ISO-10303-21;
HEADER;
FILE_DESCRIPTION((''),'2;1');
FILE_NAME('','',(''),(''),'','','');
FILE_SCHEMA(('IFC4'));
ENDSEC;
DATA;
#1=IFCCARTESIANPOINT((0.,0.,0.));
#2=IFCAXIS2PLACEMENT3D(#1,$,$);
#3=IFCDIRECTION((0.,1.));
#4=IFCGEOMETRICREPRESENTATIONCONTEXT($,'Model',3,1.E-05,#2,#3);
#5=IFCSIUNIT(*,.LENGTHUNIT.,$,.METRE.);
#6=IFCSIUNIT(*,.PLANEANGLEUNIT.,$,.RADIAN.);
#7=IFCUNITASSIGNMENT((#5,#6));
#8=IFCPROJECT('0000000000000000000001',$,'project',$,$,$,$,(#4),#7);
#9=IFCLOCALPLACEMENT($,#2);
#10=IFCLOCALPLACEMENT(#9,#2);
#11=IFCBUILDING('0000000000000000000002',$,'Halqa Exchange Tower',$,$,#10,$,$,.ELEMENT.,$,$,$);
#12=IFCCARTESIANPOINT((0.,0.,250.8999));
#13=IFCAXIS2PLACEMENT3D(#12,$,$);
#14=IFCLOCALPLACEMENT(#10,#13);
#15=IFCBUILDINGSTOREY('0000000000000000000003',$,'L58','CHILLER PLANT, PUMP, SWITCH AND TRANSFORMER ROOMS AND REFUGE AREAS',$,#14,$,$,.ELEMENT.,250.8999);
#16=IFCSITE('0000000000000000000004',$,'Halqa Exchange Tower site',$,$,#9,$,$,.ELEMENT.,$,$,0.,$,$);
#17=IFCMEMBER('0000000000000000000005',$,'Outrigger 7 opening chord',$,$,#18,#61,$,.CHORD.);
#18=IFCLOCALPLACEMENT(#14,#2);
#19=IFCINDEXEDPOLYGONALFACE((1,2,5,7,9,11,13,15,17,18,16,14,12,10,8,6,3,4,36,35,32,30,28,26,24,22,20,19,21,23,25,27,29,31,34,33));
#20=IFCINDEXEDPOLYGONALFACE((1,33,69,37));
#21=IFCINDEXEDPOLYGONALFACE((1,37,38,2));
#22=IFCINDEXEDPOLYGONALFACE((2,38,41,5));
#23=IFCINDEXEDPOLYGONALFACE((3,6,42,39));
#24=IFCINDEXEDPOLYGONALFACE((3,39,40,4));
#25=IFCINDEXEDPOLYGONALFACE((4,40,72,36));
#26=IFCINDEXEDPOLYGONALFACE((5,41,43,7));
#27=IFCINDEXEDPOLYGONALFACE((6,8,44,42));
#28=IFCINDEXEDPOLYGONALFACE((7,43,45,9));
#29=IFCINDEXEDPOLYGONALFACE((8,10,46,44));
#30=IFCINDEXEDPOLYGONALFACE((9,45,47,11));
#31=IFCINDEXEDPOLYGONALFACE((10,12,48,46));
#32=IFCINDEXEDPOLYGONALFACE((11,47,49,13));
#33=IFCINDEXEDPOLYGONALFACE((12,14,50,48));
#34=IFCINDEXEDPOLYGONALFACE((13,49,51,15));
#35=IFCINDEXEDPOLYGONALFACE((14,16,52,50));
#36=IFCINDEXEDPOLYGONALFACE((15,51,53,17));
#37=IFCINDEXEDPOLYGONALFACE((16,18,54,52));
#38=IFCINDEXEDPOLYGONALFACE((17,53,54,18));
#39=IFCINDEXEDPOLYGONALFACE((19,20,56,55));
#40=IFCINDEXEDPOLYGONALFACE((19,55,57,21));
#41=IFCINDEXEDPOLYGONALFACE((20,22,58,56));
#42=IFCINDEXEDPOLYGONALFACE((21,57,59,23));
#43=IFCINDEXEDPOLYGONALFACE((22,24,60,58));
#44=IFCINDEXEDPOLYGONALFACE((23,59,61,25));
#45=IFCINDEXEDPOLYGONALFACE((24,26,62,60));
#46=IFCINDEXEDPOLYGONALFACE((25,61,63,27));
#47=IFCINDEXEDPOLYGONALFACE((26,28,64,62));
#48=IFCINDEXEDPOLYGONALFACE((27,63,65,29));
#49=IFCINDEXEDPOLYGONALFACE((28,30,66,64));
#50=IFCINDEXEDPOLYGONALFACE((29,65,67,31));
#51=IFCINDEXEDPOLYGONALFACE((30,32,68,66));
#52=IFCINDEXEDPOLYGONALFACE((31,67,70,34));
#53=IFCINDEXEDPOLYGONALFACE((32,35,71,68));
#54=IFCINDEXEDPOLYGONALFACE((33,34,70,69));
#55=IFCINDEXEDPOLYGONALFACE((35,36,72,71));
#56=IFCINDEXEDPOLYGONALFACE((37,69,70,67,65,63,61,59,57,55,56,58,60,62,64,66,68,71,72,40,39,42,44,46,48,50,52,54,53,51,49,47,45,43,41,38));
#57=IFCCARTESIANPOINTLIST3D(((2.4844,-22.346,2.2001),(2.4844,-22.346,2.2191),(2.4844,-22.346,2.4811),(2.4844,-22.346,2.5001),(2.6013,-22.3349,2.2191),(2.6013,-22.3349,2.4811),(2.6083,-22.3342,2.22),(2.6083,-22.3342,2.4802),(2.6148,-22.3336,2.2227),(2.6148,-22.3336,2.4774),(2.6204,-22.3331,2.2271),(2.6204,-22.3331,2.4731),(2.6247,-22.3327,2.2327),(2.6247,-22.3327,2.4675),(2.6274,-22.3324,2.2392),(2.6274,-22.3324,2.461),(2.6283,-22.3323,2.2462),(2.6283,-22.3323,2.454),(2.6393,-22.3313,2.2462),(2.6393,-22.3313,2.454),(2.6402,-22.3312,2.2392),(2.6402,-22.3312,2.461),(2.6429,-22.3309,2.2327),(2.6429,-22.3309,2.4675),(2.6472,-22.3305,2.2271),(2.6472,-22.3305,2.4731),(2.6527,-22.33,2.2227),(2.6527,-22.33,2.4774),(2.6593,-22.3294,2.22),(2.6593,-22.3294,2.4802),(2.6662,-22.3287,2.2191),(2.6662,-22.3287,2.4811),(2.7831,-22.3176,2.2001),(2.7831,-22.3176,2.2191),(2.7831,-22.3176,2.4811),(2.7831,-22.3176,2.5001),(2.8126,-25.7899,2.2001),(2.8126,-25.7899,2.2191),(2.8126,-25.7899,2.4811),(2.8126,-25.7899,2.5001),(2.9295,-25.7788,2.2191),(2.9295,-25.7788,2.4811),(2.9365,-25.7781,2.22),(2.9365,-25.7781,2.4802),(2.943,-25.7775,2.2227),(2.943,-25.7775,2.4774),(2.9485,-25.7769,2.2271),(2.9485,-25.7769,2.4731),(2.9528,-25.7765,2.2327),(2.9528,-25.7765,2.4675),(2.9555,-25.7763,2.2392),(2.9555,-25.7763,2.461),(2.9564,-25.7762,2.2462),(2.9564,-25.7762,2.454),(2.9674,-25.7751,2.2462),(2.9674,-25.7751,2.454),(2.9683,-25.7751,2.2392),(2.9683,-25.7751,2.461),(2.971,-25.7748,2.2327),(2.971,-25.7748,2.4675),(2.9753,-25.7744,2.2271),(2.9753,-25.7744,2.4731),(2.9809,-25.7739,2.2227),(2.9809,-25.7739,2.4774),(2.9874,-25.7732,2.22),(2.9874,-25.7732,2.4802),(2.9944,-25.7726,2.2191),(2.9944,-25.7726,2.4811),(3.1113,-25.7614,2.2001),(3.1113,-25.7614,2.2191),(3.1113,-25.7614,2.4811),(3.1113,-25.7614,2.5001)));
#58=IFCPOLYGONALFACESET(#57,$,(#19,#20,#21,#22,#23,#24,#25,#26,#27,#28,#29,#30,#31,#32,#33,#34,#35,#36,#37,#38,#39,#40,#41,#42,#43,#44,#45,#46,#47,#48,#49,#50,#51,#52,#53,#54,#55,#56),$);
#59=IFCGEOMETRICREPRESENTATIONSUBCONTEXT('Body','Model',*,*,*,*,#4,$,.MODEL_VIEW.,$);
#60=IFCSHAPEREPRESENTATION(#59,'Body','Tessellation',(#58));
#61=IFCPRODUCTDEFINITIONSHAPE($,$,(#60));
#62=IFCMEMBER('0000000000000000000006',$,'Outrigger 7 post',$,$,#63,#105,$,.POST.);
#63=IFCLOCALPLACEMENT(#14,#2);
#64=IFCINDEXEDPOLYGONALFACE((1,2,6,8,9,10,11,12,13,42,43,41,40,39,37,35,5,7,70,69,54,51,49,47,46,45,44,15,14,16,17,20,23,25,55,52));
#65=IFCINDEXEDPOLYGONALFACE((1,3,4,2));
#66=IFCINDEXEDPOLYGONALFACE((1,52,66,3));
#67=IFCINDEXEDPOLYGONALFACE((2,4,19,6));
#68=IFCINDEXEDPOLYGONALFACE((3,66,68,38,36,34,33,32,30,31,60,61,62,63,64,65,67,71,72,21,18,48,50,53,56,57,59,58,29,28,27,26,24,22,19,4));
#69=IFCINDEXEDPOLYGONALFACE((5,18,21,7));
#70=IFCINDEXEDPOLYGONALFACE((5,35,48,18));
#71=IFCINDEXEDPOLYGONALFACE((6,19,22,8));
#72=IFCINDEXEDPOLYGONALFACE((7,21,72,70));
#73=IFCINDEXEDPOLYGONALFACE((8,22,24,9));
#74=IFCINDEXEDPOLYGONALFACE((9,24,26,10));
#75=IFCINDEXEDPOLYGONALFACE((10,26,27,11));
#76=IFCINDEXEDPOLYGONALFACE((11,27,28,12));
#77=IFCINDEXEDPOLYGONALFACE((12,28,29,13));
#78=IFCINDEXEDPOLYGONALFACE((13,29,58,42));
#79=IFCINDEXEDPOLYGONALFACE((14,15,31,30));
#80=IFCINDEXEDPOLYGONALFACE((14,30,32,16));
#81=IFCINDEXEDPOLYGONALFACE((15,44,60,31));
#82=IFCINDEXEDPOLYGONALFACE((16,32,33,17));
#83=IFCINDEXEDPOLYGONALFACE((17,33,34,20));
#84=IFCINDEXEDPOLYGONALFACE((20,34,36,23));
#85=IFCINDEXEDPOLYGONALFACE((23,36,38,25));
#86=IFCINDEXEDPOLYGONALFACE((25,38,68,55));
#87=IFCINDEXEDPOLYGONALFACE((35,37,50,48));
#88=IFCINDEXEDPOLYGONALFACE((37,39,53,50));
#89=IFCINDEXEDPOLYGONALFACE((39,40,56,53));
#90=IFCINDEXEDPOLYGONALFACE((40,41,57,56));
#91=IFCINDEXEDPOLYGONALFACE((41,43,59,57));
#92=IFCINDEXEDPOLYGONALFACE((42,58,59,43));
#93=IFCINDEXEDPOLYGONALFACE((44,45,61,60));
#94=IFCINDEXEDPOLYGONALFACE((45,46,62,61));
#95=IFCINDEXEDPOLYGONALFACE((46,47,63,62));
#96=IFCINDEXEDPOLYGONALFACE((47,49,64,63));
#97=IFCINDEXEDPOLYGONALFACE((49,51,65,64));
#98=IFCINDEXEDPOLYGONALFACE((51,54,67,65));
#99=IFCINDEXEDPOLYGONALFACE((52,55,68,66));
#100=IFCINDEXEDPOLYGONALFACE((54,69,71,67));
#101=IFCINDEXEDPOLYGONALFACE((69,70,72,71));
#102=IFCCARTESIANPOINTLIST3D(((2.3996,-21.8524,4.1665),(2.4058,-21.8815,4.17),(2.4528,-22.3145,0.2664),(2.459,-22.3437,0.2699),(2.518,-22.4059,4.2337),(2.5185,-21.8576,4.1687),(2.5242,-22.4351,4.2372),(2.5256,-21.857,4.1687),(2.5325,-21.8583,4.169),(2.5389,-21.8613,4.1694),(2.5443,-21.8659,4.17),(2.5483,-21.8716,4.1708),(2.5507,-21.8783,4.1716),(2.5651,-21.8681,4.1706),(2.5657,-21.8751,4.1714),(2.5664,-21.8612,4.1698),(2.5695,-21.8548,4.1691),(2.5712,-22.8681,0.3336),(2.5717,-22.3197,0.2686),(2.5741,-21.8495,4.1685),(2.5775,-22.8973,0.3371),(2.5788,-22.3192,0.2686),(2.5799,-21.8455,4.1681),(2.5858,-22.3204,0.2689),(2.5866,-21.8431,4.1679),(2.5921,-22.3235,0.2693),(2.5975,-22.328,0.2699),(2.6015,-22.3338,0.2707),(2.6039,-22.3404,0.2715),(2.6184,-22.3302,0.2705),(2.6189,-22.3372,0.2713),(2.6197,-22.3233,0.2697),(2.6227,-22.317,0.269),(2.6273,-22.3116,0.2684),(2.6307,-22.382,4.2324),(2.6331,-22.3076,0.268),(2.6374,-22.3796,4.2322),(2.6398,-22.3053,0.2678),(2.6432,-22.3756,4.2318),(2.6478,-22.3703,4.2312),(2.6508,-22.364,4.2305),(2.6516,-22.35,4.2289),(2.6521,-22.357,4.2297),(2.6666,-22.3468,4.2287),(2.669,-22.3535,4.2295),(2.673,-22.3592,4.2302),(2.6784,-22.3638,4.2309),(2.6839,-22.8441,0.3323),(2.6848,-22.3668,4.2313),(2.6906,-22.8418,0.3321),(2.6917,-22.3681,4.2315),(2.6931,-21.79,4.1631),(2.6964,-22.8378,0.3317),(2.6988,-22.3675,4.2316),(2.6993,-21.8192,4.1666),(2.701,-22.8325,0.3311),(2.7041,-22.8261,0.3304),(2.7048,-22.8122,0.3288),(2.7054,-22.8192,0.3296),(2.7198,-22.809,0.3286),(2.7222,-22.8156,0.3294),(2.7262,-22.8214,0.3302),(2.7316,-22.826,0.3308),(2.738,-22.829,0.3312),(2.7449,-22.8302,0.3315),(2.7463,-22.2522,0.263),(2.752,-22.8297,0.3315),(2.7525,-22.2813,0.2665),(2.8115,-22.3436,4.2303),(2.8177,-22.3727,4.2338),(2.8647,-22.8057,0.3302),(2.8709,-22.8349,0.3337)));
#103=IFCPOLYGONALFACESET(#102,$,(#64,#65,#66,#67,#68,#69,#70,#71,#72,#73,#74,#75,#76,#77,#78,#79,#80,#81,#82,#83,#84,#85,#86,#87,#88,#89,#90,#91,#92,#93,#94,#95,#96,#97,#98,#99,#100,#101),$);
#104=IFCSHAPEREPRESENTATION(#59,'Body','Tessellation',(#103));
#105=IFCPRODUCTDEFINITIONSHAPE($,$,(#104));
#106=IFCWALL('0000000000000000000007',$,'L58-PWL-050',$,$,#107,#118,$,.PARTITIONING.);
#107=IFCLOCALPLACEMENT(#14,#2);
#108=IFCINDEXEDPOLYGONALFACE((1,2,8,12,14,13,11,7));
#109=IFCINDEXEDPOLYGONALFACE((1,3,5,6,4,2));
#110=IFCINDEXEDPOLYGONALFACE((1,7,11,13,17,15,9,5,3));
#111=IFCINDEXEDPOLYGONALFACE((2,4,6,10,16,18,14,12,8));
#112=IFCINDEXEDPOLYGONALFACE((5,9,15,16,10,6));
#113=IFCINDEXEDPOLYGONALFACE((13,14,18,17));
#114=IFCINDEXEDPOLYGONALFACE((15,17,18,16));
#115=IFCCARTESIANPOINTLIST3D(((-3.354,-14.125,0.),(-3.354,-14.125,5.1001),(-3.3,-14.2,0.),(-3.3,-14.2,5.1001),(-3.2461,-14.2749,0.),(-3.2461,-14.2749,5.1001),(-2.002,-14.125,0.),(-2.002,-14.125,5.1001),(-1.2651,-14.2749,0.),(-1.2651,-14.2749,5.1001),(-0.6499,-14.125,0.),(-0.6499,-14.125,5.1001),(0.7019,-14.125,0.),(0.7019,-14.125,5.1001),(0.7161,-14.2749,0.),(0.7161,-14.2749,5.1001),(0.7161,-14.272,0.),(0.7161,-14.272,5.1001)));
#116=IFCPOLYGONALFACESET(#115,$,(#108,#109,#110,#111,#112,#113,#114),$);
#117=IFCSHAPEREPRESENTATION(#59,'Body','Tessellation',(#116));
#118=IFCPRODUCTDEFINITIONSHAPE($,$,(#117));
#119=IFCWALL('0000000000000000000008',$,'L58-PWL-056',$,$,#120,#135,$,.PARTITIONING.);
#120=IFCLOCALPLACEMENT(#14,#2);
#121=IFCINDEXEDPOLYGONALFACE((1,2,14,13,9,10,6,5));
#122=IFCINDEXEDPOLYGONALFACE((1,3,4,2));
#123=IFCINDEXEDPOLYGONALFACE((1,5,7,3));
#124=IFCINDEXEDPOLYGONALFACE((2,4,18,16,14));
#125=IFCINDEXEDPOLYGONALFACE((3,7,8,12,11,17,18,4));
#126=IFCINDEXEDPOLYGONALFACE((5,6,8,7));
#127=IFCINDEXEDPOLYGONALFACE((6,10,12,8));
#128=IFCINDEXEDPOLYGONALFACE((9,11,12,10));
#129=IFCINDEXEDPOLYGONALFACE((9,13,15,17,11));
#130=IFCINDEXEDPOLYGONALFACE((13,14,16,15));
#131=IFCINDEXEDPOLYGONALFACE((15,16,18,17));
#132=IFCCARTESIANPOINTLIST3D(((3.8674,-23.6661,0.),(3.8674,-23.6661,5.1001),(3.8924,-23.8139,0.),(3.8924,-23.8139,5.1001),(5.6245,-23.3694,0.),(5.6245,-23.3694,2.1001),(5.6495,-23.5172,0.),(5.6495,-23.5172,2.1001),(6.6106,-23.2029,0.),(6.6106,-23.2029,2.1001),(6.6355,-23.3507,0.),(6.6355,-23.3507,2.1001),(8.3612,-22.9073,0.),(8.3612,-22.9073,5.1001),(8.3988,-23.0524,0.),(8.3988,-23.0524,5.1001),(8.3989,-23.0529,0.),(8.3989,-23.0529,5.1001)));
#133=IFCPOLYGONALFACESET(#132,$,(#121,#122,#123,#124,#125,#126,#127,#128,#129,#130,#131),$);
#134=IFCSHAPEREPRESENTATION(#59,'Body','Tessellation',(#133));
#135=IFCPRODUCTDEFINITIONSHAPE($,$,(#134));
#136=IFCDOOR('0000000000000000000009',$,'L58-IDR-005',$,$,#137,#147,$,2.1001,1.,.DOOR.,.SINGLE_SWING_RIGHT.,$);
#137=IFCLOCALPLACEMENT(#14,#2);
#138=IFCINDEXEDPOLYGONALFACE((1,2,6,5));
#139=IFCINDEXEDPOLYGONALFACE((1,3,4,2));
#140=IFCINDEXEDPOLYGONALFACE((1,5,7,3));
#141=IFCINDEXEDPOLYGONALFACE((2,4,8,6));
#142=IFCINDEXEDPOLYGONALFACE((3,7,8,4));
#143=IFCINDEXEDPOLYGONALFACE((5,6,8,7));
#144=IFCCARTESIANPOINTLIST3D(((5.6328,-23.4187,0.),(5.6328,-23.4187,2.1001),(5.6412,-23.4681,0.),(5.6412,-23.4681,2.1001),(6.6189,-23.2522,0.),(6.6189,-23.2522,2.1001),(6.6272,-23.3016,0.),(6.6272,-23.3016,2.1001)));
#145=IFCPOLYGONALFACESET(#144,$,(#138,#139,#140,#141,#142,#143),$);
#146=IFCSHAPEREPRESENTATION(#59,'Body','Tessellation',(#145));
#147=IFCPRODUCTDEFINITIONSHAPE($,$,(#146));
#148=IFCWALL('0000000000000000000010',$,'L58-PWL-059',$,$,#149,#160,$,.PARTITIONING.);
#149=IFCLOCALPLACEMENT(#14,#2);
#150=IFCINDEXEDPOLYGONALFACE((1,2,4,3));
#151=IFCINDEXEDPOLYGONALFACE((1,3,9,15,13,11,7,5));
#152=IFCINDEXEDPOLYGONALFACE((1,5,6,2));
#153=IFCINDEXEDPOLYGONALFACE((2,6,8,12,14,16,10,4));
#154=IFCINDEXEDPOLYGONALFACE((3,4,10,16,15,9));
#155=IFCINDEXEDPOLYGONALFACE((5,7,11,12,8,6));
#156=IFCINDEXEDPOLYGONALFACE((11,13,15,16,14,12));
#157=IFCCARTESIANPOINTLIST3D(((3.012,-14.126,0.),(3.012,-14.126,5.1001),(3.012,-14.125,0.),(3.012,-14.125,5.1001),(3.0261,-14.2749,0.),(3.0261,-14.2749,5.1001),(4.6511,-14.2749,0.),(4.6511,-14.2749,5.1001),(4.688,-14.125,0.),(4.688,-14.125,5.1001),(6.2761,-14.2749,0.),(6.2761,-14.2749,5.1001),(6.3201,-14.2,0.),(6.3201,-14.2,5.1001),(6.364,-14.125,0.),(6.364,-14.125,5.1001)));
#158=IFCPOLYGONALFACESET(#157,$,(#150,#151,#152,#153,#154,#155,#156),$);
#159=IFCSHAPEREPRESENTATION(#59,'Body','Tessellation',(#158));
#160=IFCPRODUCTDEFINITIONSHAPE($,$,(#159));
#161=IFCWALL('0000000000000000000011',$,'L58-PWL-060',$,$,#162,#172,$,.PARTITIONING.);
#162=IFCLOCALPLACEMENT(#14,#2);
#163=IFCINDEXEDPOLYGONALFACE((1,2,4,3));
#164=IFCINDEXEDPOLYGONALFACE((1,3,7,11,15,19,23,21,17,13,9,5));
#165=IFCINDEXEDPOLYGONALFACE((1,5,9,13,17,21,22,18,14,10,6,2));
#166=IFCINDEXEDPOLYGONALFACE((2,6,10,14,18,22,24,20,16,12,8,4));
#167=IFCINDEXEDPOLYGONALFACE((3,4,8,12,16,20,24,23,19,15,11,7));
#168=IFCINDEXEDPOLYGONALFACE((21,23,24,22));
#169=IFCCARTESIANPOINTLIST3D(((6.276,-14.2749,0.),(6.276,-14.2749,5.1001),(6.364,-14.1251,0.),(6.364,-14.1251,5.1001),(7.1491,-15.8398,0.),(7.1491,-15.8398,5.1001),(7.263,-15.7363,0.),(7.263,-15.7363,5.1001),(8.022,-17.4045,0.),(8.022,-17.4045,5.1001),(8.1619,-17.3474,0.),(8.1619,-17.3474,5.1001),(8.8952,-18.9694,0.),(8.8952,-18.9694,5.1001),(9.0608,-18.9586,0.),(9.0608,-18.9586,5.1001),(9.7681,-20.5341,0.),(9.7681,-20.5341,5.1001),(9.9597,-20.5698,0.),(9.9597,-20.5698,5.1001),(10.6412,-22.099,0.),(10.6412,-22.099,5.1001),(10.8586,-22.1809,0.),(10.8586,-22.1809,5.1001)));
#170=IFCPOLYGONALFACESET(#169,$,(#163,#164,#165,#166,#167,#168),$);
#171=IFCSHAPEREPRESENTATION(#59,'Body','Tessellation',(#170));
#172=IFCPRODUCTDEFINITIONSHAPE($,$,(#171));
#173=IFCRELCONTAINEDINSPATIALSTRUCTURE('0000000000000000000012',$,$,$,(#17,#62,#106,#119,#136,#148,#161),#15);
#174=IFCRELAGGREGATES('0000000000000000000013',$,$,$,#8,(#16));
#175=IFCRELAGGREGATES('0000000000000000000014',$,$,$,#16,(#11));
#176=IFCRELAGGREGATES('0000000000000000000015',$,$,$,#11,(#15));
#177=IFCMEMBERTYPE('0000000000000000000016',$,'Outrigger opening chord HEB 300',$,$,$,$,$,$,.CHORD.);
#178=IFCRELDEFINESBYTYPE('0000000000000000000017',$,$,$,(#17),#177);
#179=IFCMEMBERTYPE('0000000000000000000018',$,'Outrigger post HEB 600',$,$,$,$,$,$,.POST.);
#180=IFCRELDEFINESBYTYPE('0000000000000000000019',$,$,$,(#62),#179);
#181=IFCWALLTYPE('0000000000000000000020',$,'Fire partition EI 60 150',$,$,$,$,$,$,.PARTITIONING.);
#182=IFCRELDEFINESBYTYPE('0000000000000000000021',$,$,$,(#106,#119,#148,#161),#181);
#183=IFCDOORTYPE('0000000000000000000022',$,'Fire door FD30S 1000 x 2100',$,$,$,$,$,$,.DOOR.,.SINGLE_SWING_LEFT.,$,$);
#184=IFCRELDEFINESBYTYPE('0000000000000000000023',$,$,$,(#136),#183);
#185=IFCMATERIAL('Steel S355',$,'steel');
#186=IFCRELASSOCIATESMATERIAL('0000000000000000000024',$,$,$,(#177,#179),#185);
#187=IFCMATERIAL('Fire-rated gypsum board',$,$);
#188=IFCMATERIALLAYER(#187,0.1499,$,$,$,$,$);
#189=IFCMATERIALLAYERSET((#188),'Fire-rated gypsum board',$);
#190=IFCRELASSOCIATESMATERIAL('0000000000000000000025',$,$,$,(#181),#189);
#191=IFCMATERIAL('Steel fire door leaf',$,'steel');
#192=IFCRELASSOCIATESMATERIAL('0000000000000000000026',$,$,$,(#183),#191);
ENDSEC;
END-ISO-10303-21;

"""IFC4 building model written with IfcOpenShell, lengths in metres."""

from ifc_helpers import new_model, si_unit, direction, frame, frame_2d, origin, origin_2d, place, context, subcontext, project, spatial, polyline, rectangle, i_section, outline, extrude, material, layer, layer_set, material_profile, profile_set, type_object, element, fill, save


model = new_model("IFC4")

# Units and contexts
model_context = context("Model", 3, precision=1e-05, world=origin(), true_north=direction((0.0, 1.0)))
body_context = subcontext(model_context, "Body", "Model", "MODEL_VIEW")
ifc_project = project(units=[si_unit("LENGTHUNIT", "METRE"), si_unit("PLANEANGLEUNIT", "RADIAN")], contexts=[model_context])

# Site, building, storey
site_placement = place(None, origin())
site = spatial("IfcSite", under=ifc_project, at=site_placement, Name="Halqa Exchange Tower site", CompositionType="ELEMENT", RefElevation=0.0)
building_placement = place(site_placement, origin())
building = spatial("IfcBuilding", under=site, at=building_placement, Name="Halqa Exchange Tower", CompositionType="ELEMENT")
storey_placement = place(building_placement, frame((0.0, 0.0, 250.8999)))
storey = spatial("IfcBuildingStorey", under=building, at=storey_placement, Name="L58", Description="CHILLER PLANT, PUMP, SWITCH AND TRANSFORMER ROOMS AND REFUGE AREAS", CompositionType="ELEMENT", Elevation=250.8999)

# Members
ifc_material_1 = material(Name="Steel S355", Category="steel")
ifc_material_profile_1 = material_profile(ifc_material_1, i_section(OverallWidth=0.3, OverallDepth=0.3, WebThickness=0.011, FlangeThickness=0.019, FilletRadius=0.0271, at=origin_2d()), Name="HEB 300")
ifc_profile_set_1 = profile_set([ifc_material_profile_1], Name="Steel S355")
member_type_1 = type_object("IfcMemberType", Name="Outrigger opening chord HEB 300", PredefinedType="CHORD", material=ifc_profile_set_1)
member_1_placement = place(storey_placement, frame((2.6338, -22.3318, 2.3501), z_axis=(0.094849, -0.995492, 0.0), x_axis=(0.995492, 0.094849, 0.0)))
element("IfcMember", 1, at=member_1_placement, inside=storey, type_object=member_type_1, Name="Outrigger 7 opening chord", PredefinedType="CHORD", context=body_context, shape_type="SweptSolid", body=[
    extrude(i_section(OverallWidth=0.3, OverallDepth=0.3, WebThickness=0.011, FlangeThickness=0.019, FilletRadius=0.0271, at=origin_2d()), origin(), (0.0, 0.0, 1.0), 3.4595),
])
ifc_material_profile_2 = material_profile(ifc_material_1, i_section(OverallWidth=0.3, OverallDepth=0.6001, WebThickness=0.0154, FlangeThickness=0.03, FilletRadius=0.0271, at=origin_2d()), Name="HEB 600")
ifc_profile_set_2 = profile_set([ifc_material_profile_2], Name="Steel S355")
member_type_2 = type_object("IfcMemberType", Name="Outrigger post HEB 600", PredefinedType="POST", material=ifc_profile_set_2)
member_2_placement = place(storey_placement, frame((2.6619, -22.5747, 0.3), z_axis=(-0.01355, 0.117664, 0.992961), x_axis=(-0.978092, -0.207865, 0.011284)))
element("IfcMember", 2, at=member_2_placement, inside=storey, type_object=member_type_2, Name="Outrigger 7 post", PredefinedType="POST", context=body_context, shape_type="SweptSolid", body=[
    extrude(i_section(OverallWidth=0.3, OverallDepth=0.6001, WebThickness=0.0154, FlangeThickness=0.03, FilletRadius=0.0271, at=origin_2d()), origin(), (0.0, 0.0, 1.0), 3.9277),
])

# Wall
ifc_material_2 = material(Name="Fire-rated gypsum board")
ifc_layer_1 = layer(ifc_material_2, 0.1499)
ifc_layer_set_1 = layer_set([ifc_layer_1], Name="Fire-rated gypsum board")
wall_type_1 = type_object("IfcWallType", Name="Fire partition EI 60 150", PredefinedType="PARTITIONING", material=ifc_layer_set_1)
wall_1_placement = place(storey_placement, frame((0.7161, -14.2, 0.0), z_axis=(0.0, 0.0, 1.0), x_axis=(-1.0, 0.0, 0.0)))
element("IfcWall", 3, at=wall_1_placement, inside=storey, type_object=wall_type_1, Name="L58-PWL-050", PredefinedType="PARTITIONING", context=body_context, shape_type="SweptSolid", body=[
    extrude(outline(polyline([(0.0142, -0.075), (1.366, -0.075), (2.718, -0.075), (4.0701, -0.075), (4.0161, 0.0), (3.9622, 0.075), (1.9812, 0.075), (0.0, 0.075), (0.0, 0.072), (0.0142, -0.075)])), origin(), (0.0, 0.0, 1.0), 5.1001),
])

# Wall, opening, door
wall_2_placement = place(storey_placement, frame((3.8799, -23.74, 0.0), z_axis=(0.0, 0.0, 1.0), x_axis=(0.986041, 0.166504, 0.0)))
wall_2 = element("IfcWall", 4, at=wall_2_placement, inside=storey, type_object=wall_type_1, Name="L58-PWL-056", PredefinedType="PARTITIONING", context=body_context, shape_type="SweptSolid", body=[
    extrude(outline(polyline([(4.5703, -0.075), (4.5703, -0.0745), (4.5574, 0.075), (3.0383, 0.075), (1.519, 0.075), (0.0, 0.075), (0.0, -0.075), (1.5234, -0.075), (3.0469, -0.075), (4.5703, -0.075)])), origin(), (0.0, 0.0, 1.0), 5.1001),
])
opening_placement = place(wall_2_placement, frame((1.782, 0.0, 0.0)))
opening = element("IfcOpeningElement", 5, at=opening_placement, cuts=wall_2, PredefinedType="OPENING", context=body_context, shape_type="SweptSolid", body=[
    extrude(rectangle(XDim=1.0, YDim=2.1001, at=frame_2d((0.5, 1.05))), frame((0.0, 0.0869, 0.0), z_axis=(0.0, -1.0, 0.0), x_axis=(1.0, 0.0, 0.0)), (0.0, 0.0, 1.0), 0.1738),
])
ifc_material_3 = material(Name="Steel fire door leaf", Category="steel")
door_type = type_object("IfcDoorType", Name="Fire door FD30S 1000 x 2100", OperationType="SINGLE_SWING_LEFT", PredefinedType="DOOR", material=ifc_material_3)
door_placement = place(opening_placement, origin())
door = element("IfcDoor", 6, at=door_placement, inside=storey, type_object=door_type, Name="L58-IDR-005", OperationType="SINGLE_SWING_RIGHT", OverallHeight=2.1001, OverallWidth=1.0, PredefinedType="DOOR", context=body_context, shape_type="SweptSolid", body=[
    extrude(rectangle(XDim=1.0, YDim=2.1001, at=frame_2d((0.5, 1.05))), frame((0.0, 0.0249, 0.0), z_axis=(0.0, -1.0, 0.0), x_axis=(1.0, 0.0, 0.0)), (0.0, 0.0, 1.0), 0.05),
])
fill(opening, door)

# Walls
wall_3_placement = place(storey_placement, frame((6.364, -14.2, 0.0), z_axis=(0.0, 0.0, 1.0), x_axis=(-1.0, 0.0, 0.0)))
element("IfcWall", 7, at=wall_3_placement, inside=storey, type_object=wall_type_1, Name="L58-PWL-059", PredefinedType="PARTITIONING", context=body_context, shape_type="SweptSolid", body=[
    extrude(outline(polyline([(3.3521, -0.075), (3.3521, -0.074), (3.3379, 0.075), (1.7129, 0.075), (0.0879, 0.075), (0.0439, 0.0), (0.0, -0.075), (1.676, -0.075), (3.3521, -0.075)])), origin(), (0.0, 0.0, 1.0), 5.1001),
])
wall_4_placement = place(storey_placement, frame((6.2986, -14.1616, 0.0), z_axis=(0.0, 0.0, 1.0), x_axis=(0.487226, -0.873276, 0.0)))
element("IfcWall", 8, at=wall_4_placement, inside=storey, type_object=wall_type_1, Name="L58-PWL-060", PredefinedType="PARTITIONING", context=body_context, shape_type="SweptSolid", body=[
    extrude(outline(polyline([(0.0879, -0.075), (1.8799, -0.075), (3.6716, -0.075), (5.4636, -0.075), (7.2554, -0.075), (9.0474, -0.075), (9.2249, 0.075), (9.2249, 0.075), (7.3799, 0.075), (5.5349, 0.075), (3.6899, 0.075), (1.845, 0.075), (0.0, 0.075), (0.0, 0.075), (0.0879, -0.075)])), origin(), (0.0, 0.0, 1.0), 5.1001),
])

save(model, "model.ifc")
